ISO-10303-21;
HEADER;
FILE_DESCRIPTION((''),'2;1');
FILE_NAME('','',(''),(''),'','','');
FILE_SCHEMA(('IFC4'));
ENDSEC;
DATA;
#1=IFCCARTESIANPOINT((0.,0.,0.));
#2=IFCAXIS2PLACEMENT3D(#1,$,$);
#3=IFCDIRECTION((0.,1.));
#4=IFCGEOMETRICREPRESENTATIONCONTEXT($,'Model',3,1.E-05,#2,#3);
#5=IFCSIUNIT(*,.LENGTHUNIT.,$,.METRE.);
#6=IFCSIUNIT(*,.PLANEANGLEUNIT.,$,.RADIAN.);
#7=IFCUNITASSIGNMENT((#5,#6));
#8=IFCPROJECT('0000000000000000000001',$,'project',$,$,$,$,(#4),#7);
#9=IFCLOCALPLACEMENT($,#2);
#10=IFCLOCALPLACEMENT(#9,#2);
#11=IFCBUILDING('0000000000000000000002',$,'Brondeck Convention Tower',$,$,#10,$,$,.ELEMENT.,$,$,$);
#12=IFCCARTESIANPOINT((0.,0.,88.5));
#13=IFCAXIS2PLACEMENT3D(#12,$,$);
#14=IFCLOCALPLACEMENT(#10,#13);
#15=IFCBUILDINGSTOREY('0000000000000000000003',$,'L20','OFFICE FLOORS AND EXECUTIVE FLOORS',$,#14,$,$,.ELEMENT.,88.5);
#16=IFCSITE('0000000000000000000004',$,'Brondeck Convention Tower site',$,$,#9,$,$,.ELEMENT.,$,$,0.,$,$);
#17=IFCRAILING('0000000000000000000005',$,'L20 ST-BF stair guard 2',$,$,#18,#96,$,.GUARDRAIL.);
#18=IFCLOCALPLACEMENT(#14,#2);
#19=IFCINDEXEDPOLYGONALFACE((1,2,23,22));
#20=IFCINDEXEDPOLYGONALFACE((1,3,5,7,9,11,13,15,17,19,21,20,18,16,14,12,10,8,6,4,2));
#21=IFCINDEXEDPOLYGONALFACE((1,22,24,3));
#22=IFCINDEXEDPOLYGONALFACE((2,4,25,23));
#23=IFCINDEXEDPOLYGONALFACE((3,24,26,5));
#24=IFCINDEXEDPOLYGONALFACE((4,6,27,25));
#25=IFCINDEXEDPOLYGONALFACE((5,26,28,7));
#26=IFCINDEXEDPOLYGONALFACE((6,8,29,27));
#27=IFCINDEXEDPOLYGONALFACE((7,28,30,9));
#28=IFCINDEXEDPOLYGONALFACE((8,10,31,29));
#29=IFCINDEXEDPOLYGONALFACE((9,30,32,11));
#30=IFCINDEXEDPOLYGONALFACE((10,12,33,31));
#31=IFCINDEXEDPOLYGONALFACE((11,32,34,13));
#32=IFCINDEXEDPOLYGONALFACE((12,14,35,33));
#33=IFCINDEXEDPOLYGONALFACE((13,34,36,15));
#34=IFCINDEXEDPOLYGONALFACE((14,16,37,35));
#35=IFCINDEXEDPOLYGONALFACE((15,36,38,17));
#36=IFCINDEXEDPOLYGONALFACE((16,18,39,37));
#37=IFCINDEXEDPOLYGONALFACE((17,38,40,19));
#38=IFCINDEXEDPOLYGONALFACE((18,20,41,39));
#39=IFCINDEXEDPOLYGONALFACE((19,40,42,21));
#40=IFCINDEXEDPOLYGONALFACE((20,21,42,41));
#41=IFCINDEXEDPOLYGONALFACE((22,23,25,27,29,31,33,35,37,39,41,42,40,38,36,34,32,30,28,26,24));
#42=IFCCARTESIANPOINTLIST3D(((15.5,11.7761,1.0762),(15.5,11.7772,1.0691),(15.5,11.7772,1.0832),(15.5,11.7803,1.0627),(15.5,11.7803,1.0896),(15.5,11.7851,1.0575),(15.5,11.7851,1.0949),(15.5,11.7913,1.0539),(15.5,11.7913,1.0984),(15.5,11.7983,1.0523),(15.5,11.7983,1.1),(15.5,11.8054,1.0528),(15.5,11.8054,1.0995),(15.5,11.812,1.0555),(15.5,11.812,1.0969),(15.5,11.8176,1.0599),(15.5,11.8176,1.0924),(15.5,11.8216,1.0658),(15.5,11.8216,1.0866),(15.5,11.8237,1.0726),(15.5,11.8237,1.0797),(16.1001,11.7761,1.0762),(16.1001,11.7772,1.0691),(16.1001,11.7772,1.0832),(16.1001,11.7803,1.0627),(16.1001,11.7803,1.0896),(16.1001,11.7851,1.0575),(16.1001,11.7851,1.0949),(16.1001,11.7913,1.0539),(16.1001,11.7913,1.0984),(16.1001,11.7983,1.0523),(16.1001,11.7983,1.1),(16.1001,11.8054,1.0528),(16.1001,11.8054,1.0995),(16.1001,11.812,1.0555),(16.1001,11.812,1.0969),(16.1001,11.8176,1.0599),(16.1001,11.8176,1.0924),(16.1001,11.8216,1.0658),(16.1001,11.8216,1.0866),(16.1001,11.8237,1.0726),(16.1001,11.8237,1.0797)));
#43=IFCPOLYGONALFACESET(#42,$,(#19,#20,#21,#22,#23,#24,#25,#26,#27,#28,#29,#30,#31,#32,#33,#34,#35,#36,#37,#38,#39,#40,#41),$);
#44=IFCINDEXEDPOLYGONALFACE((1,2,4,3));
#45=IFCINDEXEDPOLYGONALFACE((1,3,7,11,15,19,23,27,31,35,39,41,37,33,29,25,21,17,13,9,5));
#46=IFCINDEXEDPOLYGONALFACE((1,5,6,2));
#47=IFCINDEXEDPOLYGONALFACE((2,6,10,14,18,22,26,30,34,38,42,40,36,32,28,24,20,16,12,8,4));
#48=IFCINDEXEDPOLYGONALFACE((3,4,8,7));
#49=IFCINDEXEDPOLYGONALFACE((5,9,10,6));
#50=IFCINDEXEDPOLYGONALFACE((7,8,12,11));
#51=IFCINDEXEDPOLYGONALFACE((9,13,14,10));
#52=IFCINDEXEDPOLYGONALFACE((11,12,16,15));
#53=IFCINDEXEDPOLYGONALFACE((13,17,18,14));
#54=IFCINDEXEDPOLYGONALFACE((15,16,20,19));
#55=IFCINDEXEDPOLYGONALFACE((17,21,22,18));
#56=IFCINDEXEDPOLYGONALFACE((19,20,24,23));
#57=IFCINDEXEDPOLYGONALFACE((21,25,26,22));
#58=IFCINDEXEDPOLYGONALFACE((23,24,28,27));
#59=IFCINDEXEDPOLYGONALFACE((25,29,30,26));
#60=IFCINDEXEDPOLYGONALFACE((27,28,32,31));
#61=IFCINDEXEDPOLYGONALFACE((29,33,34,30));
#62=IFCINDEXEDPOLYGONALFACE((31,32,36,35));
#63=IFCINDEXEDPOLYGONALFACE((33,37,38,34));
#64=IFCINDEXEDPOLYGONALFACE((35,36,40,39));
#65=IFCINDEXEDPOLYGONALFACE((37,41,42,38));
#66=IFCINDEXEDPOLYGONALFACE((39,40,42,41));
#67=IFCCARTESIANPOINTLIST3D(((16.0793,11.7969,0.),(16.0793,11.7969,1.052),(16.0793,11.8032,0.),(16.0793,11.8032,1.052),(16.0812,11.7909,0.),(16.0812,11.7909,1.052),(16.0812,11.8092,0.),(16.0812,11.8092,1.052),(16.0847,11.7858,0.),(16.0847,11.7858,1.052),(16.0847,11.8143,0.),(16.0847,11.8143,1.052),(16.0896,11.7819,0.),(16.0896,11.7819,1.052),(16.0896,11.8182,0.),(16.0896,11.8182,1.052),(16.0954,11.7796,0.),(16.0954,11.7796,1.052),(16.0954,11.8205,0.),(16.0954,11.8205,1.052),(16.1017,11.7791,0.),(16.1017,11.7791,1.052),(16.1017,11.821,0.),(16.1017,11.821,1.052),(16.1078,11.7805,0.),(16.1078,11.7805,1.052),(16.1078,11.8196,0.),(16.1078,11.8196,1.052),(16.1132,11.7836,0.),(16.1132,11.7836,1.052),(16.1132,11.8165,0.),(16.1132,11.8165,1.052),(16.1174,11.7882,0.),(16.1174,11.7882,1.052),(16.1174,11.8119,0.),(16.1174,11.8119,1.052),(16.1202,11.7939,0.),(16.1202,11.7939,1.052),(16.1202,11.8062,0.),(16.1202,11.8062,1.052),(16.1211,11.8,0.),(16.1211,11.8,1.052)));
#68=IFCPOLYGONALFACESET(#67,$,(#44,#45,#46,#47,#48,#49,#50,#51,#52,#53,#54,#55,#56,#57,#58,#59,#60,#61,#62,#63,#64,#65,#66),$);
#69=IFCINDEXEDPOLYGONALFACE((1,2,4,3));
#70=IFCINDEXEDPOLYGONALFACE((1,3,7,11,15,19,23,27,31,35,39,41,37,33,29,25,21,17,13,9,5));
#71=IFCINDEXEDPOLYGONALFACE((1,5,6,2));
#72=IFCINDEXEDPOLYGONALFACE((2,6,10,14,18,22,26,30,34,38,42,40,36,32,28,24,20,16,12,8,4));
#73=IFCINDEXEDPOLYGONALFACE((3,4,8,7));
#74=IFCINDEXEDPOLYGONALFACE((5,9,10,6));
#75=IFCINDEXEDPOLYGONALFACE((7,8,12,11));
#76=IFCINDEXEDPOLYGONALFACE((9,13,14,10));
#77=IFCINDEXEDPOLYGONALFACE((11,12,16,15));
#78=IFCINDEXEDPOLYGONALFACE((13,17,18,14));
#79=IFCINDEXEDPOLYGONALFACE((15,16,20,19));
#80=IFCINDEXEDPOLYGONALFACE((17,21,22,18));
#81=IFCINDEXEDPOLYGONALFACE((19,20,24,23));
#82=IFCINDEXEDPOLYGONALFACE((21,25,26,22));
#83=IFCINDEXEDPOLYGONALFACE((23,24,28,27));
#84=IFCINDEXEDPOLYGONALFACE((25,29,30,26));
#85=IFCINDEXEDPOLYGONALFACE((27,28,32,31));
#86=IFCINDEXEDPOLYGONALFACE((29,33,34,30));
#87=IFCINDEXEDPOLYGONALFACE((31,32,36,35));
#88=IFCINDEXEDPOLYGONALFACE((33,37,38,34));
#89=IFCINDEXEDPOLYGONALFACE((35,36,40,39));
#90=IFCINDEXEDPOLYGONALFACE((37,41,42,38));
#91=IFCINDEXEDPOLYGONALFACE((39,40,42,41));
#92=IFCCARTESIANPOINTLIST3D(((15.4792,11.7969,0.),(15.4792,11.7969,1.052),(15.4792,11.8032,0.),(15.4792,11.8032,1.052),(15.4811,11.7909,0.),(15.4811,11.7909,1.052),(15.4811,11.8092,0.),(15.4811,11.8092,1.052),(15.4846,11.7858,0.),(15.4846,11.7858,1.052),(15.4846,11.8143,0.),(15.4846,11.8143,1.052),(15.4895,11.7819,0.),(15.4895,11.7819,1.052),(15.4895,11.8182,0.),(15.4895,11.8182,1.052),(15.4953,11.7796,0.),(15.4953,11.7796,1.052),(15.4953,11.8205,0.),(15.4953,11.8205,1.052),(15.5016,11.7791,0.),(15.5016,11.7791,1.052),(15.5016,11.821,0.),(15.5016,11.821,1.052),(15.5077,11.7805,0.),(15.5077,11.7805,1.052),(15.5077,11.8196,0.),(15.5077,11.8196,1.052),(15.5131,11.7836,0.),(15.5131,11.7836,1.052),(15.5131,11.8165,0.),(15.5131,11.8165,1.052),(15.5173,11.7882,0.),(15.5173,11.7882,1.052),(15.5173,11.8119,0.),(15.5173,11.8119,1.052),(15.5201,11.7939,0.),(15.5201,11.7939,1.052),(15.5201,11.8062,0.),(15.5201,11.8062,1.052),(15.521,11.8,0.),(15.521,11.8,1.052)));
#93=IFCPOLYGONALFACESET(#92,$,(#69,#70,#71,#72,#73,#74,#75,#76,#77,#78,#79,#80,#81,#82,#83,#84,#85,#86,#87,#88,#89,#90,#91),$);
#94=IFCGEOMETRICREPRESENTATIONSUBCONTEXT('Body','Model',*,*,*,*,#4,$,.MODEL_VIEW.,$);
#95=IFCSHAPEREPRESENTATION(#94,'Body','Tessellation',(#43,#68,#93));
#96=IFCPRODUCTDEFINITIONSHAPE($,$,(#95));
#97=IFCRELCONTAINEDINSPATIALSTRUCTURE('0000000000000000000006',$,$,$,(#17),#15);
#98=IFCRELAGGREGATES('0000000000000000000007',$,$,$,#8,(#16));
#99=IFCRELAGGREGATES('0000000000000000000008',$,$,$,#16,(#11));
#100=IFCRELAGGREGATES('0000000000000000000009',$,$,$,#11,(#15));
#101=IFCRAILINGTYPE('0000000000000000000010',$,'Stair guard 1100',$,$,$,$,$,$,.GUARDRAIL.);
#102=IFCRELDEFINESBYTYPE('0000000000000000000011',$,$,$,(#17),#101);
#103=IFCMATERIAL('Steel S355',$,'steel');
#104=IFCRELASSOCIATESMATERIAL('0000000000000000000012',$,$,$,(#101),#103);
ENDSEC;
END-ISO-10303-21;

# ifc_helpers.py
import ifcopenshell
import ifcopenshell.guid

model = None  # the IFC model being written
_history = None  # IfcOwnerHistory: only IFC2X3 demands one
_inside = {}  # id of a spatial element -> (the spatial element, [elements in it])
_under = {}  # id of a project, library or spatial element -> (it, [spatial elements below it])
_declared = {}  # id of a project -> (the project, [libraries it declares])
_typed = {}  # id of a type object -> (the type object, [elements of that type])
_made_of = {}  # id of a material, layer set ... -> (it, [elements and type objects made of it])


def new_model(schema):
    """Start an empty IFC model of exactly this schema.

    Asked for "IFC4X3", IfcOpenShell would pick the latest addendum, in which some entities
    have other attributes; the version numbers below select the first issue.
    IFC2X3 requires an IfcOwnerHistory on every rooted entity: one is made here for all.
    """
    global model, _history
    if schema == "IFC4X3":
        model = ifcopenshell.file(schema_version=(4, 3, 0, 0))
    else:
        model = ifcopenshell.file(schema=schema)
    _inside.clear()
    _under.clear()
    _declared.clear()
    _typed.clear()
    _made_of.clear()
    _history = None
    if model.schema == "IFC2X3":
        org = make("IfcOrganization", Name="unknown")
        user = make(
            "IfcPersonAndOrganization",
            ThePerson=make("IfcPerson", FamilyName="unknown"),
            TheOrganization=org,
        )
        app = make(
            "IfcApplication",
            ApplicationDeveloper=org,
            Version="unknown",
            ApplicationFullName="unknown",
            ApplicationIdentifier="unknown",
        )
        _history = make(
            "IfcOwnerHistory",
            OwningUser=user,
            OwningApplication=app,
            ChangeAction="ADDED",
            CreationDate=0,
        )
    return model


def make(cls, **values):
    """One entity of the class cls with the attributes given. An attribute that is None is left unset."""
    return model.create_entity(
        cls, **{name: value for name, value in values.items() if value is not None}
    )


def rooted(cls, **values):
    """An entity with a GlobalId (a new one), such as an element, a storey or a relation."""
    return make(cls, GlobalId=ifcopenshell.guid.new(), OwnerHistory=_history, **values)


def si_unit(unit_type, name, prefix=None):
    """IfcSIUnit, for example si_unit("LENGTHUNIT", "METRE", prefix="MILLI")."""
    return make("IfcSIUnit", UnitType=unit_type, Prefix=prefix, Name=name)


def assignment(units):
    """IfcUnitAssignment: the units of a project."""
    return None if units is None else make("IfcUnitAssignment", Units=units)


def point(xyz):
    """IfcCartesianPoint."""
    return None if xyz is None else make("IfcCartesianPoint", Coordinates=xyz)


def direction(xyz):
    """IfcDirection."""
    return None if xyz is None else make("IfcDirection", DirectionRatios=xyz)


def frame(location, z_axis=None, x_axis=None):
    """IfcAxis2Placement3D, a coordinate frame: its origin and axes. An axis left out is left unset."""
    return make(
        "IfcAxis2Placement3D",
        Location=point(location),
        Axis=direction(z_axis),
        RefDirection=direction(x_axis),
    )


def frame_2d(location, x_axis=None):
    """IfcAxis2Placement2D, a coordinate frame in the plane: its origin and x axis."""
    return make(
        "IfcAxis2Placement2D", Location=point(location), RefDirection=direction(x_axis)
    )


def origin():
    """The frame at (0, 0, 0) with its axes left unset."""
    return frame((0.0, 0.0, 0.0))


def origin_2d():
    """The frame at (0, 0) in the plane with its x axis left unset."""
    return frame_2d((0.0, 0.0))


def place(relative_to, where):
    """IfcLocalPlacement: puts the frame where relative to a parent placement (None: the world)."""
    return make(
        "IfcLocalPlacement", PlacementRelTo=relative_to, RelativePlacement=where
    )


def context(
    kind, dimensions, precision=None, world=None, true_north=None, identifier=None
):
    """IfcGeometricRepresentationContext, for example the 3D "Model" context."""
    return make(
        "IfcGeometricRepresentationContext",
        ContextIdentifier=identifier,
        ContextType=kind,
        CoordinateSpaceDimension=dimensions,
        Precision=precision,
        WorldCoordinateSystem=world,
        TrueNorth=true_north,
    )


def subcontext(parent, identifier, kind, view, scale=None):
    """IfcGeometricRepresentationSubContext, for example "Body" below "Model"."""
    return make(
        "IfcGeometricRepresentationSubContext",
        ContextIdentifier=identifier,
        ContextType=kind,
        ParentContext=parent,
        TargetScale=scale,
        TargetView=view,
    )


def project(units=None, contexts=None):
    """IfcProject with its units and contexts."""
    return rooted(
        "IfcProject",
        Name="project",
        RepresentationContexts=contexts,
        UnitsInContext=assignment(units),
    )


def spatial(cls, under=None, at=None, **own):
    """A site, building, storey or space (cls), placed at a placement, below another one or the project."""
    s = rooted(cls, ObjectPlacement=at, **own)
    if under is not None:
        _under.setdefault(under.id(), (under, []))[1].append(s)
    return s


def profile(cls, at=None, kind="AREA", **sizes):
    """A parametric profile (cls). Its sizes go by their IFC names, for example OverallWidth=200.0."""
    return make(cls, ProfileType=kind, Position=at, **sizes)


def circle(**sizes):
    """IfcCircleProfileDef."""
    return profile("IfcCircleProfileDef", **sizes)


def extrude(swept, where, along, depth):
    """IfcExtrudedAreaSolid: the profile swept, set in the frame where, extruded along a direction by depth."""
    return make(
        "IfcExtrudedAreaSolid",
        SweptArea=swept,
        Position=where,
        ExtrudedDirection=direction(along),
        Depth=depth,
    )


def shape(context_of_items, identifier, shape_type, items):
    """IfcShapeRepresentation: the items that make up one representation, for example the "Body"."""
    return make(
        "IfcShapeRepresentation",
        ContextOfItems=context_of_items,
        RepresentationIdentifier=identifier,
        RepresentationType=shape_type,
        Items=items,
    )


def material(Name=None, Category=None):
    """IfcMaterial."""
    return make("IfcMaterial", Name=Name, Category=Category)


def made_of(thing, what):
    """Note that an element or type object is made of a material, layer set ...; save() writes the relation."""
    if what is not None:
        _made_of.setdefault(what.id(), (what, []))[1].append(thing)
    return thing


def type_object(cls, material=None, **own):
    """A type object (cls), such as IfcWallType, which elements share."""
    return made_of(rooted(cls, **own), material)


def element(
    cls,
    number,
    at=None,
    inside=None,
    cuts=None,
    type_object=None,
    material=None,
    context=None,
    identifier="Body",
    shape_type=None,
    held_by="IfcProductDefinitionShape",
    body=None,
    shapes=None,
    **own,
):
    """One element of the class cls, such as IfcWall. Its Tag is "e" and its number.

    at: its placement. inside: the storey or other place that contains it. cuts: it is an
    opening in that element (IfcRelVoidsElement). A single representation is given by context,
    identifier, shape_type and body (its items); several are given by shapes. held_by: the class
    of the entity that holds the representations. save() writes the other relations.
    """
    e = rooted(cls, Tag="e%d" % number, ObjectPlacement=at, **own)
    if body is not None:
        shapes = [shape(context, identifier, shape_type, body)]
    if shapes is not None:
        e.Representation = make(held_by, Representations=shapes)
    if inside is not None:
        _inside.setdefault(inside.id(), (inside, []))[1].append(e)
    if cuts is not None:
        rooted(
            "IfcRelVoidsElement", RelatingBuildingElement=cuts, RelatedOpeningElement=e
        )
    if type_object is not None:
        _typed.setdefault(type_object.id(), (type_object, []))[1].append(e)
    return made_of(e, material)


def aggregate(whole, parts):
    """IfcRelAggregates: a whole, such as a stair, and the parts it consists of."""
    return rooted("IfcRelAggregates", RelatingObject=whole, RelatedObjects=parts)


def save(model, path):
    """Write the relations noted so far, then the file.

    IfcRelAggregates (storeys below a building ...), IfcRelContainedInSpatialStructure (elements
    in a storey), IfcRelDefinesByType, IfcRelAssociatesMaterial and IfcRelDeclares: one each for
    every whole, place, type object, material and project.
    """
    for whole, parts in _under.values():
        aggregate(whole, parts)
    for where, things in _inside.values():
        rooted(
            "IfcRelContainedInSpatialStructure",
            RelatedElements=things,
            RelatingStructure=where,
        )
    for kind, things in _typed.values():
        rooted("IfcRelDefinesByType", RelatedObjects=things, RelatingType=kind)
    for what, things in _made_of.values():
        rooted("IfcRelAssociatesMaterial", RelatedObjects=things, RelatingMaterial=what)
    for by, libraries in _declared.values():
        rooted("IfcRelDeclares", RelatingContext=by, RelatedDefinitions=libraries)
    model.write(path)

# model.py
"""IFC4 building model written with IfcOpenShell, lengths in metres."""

from ifc_helpers import new_model, si_unit, direction, frame, origin, origin_2d, place, context, subcontext, project, spatial, circle, extrude, material, type_object, element, save


model = new_model("IFC4")

# Units and contexts
model_context = context("Model", 3, precision=1e-05, world=origin(), true_north=direction((0.0, 1.0)))
body_context = subcontext(model_context, "Body", "Model", "MODEL_VIEW")
ifc_project = project(units=[si_unit("LENGTHUNIT", "METRE"), si_unit("PLANEANGLEUNIT", "RADIAN")], contexts=[model_context])

# Site, building, storey
site_placement = place(None, origin())
site = spatial("IfcSite", under=ifc_project, at=site_placement, Name="Brondeck Convention Tower site", CompositionType="ELEMENT", RefElevation=0.0)
building_placement = place(site_placement, origin())
building = spatial("IfcBuilding", under=site, at=building_placement, Name="Brondeck Convention Tower", CompositionType="ELEMENT")
storey_placement = place(building_placement, frame((0.0, 0.0, 88.5)))
storey = spatial("IfcBuildingStorey", under=building, at=storey_placement, Name="L20", Description="OFFICE FLOORS AND EXECUTIVE FLOORS", CompositionType="ELEMENT", Elevation=88.5)

# Shared definitions
ifc_material_1 = material(Name="Steel S355", Category="steel")

# Railing
railing_type_1 = type_object("IfcRailingType", Name="Stair guard 1100", PredefinedType="GUARDRAIL", material=ifc_material_1)
railing_1_placement = place(storey_placement, frame((16.1001, 11.8, 0.0)))
element("IfcRailing", 1, at=railing_1_placement, inside=storey, type_object=railing_type_1, Name="L20 ST-BF stair guard 2", PredefinedType="GUARDRAIL", context=body_context, shape_type="SweptSolid", body=[
    extrude(circle(Radius=0.0239, at=origin_2d()), frame((0.0, 0.0, 1.0762), z_axis=(-1.0, 0.0, 0.0), x_axis=(0.0, -1.0, 0.0)), (0.0, 0.0, 1.0), 0.6001),
    extrude(circle(Radius=0.021, at=origin_2d()), origin(), (0.0, 0.0, 1.0), 1.052),
    extrude(circle(Radius=0.021, at=origin_2d()), frame((-0.6001, 0.0, 0.0)), (0.0, 0.0, 1.0), 1.052),
])

save(model, "model.ifc")
